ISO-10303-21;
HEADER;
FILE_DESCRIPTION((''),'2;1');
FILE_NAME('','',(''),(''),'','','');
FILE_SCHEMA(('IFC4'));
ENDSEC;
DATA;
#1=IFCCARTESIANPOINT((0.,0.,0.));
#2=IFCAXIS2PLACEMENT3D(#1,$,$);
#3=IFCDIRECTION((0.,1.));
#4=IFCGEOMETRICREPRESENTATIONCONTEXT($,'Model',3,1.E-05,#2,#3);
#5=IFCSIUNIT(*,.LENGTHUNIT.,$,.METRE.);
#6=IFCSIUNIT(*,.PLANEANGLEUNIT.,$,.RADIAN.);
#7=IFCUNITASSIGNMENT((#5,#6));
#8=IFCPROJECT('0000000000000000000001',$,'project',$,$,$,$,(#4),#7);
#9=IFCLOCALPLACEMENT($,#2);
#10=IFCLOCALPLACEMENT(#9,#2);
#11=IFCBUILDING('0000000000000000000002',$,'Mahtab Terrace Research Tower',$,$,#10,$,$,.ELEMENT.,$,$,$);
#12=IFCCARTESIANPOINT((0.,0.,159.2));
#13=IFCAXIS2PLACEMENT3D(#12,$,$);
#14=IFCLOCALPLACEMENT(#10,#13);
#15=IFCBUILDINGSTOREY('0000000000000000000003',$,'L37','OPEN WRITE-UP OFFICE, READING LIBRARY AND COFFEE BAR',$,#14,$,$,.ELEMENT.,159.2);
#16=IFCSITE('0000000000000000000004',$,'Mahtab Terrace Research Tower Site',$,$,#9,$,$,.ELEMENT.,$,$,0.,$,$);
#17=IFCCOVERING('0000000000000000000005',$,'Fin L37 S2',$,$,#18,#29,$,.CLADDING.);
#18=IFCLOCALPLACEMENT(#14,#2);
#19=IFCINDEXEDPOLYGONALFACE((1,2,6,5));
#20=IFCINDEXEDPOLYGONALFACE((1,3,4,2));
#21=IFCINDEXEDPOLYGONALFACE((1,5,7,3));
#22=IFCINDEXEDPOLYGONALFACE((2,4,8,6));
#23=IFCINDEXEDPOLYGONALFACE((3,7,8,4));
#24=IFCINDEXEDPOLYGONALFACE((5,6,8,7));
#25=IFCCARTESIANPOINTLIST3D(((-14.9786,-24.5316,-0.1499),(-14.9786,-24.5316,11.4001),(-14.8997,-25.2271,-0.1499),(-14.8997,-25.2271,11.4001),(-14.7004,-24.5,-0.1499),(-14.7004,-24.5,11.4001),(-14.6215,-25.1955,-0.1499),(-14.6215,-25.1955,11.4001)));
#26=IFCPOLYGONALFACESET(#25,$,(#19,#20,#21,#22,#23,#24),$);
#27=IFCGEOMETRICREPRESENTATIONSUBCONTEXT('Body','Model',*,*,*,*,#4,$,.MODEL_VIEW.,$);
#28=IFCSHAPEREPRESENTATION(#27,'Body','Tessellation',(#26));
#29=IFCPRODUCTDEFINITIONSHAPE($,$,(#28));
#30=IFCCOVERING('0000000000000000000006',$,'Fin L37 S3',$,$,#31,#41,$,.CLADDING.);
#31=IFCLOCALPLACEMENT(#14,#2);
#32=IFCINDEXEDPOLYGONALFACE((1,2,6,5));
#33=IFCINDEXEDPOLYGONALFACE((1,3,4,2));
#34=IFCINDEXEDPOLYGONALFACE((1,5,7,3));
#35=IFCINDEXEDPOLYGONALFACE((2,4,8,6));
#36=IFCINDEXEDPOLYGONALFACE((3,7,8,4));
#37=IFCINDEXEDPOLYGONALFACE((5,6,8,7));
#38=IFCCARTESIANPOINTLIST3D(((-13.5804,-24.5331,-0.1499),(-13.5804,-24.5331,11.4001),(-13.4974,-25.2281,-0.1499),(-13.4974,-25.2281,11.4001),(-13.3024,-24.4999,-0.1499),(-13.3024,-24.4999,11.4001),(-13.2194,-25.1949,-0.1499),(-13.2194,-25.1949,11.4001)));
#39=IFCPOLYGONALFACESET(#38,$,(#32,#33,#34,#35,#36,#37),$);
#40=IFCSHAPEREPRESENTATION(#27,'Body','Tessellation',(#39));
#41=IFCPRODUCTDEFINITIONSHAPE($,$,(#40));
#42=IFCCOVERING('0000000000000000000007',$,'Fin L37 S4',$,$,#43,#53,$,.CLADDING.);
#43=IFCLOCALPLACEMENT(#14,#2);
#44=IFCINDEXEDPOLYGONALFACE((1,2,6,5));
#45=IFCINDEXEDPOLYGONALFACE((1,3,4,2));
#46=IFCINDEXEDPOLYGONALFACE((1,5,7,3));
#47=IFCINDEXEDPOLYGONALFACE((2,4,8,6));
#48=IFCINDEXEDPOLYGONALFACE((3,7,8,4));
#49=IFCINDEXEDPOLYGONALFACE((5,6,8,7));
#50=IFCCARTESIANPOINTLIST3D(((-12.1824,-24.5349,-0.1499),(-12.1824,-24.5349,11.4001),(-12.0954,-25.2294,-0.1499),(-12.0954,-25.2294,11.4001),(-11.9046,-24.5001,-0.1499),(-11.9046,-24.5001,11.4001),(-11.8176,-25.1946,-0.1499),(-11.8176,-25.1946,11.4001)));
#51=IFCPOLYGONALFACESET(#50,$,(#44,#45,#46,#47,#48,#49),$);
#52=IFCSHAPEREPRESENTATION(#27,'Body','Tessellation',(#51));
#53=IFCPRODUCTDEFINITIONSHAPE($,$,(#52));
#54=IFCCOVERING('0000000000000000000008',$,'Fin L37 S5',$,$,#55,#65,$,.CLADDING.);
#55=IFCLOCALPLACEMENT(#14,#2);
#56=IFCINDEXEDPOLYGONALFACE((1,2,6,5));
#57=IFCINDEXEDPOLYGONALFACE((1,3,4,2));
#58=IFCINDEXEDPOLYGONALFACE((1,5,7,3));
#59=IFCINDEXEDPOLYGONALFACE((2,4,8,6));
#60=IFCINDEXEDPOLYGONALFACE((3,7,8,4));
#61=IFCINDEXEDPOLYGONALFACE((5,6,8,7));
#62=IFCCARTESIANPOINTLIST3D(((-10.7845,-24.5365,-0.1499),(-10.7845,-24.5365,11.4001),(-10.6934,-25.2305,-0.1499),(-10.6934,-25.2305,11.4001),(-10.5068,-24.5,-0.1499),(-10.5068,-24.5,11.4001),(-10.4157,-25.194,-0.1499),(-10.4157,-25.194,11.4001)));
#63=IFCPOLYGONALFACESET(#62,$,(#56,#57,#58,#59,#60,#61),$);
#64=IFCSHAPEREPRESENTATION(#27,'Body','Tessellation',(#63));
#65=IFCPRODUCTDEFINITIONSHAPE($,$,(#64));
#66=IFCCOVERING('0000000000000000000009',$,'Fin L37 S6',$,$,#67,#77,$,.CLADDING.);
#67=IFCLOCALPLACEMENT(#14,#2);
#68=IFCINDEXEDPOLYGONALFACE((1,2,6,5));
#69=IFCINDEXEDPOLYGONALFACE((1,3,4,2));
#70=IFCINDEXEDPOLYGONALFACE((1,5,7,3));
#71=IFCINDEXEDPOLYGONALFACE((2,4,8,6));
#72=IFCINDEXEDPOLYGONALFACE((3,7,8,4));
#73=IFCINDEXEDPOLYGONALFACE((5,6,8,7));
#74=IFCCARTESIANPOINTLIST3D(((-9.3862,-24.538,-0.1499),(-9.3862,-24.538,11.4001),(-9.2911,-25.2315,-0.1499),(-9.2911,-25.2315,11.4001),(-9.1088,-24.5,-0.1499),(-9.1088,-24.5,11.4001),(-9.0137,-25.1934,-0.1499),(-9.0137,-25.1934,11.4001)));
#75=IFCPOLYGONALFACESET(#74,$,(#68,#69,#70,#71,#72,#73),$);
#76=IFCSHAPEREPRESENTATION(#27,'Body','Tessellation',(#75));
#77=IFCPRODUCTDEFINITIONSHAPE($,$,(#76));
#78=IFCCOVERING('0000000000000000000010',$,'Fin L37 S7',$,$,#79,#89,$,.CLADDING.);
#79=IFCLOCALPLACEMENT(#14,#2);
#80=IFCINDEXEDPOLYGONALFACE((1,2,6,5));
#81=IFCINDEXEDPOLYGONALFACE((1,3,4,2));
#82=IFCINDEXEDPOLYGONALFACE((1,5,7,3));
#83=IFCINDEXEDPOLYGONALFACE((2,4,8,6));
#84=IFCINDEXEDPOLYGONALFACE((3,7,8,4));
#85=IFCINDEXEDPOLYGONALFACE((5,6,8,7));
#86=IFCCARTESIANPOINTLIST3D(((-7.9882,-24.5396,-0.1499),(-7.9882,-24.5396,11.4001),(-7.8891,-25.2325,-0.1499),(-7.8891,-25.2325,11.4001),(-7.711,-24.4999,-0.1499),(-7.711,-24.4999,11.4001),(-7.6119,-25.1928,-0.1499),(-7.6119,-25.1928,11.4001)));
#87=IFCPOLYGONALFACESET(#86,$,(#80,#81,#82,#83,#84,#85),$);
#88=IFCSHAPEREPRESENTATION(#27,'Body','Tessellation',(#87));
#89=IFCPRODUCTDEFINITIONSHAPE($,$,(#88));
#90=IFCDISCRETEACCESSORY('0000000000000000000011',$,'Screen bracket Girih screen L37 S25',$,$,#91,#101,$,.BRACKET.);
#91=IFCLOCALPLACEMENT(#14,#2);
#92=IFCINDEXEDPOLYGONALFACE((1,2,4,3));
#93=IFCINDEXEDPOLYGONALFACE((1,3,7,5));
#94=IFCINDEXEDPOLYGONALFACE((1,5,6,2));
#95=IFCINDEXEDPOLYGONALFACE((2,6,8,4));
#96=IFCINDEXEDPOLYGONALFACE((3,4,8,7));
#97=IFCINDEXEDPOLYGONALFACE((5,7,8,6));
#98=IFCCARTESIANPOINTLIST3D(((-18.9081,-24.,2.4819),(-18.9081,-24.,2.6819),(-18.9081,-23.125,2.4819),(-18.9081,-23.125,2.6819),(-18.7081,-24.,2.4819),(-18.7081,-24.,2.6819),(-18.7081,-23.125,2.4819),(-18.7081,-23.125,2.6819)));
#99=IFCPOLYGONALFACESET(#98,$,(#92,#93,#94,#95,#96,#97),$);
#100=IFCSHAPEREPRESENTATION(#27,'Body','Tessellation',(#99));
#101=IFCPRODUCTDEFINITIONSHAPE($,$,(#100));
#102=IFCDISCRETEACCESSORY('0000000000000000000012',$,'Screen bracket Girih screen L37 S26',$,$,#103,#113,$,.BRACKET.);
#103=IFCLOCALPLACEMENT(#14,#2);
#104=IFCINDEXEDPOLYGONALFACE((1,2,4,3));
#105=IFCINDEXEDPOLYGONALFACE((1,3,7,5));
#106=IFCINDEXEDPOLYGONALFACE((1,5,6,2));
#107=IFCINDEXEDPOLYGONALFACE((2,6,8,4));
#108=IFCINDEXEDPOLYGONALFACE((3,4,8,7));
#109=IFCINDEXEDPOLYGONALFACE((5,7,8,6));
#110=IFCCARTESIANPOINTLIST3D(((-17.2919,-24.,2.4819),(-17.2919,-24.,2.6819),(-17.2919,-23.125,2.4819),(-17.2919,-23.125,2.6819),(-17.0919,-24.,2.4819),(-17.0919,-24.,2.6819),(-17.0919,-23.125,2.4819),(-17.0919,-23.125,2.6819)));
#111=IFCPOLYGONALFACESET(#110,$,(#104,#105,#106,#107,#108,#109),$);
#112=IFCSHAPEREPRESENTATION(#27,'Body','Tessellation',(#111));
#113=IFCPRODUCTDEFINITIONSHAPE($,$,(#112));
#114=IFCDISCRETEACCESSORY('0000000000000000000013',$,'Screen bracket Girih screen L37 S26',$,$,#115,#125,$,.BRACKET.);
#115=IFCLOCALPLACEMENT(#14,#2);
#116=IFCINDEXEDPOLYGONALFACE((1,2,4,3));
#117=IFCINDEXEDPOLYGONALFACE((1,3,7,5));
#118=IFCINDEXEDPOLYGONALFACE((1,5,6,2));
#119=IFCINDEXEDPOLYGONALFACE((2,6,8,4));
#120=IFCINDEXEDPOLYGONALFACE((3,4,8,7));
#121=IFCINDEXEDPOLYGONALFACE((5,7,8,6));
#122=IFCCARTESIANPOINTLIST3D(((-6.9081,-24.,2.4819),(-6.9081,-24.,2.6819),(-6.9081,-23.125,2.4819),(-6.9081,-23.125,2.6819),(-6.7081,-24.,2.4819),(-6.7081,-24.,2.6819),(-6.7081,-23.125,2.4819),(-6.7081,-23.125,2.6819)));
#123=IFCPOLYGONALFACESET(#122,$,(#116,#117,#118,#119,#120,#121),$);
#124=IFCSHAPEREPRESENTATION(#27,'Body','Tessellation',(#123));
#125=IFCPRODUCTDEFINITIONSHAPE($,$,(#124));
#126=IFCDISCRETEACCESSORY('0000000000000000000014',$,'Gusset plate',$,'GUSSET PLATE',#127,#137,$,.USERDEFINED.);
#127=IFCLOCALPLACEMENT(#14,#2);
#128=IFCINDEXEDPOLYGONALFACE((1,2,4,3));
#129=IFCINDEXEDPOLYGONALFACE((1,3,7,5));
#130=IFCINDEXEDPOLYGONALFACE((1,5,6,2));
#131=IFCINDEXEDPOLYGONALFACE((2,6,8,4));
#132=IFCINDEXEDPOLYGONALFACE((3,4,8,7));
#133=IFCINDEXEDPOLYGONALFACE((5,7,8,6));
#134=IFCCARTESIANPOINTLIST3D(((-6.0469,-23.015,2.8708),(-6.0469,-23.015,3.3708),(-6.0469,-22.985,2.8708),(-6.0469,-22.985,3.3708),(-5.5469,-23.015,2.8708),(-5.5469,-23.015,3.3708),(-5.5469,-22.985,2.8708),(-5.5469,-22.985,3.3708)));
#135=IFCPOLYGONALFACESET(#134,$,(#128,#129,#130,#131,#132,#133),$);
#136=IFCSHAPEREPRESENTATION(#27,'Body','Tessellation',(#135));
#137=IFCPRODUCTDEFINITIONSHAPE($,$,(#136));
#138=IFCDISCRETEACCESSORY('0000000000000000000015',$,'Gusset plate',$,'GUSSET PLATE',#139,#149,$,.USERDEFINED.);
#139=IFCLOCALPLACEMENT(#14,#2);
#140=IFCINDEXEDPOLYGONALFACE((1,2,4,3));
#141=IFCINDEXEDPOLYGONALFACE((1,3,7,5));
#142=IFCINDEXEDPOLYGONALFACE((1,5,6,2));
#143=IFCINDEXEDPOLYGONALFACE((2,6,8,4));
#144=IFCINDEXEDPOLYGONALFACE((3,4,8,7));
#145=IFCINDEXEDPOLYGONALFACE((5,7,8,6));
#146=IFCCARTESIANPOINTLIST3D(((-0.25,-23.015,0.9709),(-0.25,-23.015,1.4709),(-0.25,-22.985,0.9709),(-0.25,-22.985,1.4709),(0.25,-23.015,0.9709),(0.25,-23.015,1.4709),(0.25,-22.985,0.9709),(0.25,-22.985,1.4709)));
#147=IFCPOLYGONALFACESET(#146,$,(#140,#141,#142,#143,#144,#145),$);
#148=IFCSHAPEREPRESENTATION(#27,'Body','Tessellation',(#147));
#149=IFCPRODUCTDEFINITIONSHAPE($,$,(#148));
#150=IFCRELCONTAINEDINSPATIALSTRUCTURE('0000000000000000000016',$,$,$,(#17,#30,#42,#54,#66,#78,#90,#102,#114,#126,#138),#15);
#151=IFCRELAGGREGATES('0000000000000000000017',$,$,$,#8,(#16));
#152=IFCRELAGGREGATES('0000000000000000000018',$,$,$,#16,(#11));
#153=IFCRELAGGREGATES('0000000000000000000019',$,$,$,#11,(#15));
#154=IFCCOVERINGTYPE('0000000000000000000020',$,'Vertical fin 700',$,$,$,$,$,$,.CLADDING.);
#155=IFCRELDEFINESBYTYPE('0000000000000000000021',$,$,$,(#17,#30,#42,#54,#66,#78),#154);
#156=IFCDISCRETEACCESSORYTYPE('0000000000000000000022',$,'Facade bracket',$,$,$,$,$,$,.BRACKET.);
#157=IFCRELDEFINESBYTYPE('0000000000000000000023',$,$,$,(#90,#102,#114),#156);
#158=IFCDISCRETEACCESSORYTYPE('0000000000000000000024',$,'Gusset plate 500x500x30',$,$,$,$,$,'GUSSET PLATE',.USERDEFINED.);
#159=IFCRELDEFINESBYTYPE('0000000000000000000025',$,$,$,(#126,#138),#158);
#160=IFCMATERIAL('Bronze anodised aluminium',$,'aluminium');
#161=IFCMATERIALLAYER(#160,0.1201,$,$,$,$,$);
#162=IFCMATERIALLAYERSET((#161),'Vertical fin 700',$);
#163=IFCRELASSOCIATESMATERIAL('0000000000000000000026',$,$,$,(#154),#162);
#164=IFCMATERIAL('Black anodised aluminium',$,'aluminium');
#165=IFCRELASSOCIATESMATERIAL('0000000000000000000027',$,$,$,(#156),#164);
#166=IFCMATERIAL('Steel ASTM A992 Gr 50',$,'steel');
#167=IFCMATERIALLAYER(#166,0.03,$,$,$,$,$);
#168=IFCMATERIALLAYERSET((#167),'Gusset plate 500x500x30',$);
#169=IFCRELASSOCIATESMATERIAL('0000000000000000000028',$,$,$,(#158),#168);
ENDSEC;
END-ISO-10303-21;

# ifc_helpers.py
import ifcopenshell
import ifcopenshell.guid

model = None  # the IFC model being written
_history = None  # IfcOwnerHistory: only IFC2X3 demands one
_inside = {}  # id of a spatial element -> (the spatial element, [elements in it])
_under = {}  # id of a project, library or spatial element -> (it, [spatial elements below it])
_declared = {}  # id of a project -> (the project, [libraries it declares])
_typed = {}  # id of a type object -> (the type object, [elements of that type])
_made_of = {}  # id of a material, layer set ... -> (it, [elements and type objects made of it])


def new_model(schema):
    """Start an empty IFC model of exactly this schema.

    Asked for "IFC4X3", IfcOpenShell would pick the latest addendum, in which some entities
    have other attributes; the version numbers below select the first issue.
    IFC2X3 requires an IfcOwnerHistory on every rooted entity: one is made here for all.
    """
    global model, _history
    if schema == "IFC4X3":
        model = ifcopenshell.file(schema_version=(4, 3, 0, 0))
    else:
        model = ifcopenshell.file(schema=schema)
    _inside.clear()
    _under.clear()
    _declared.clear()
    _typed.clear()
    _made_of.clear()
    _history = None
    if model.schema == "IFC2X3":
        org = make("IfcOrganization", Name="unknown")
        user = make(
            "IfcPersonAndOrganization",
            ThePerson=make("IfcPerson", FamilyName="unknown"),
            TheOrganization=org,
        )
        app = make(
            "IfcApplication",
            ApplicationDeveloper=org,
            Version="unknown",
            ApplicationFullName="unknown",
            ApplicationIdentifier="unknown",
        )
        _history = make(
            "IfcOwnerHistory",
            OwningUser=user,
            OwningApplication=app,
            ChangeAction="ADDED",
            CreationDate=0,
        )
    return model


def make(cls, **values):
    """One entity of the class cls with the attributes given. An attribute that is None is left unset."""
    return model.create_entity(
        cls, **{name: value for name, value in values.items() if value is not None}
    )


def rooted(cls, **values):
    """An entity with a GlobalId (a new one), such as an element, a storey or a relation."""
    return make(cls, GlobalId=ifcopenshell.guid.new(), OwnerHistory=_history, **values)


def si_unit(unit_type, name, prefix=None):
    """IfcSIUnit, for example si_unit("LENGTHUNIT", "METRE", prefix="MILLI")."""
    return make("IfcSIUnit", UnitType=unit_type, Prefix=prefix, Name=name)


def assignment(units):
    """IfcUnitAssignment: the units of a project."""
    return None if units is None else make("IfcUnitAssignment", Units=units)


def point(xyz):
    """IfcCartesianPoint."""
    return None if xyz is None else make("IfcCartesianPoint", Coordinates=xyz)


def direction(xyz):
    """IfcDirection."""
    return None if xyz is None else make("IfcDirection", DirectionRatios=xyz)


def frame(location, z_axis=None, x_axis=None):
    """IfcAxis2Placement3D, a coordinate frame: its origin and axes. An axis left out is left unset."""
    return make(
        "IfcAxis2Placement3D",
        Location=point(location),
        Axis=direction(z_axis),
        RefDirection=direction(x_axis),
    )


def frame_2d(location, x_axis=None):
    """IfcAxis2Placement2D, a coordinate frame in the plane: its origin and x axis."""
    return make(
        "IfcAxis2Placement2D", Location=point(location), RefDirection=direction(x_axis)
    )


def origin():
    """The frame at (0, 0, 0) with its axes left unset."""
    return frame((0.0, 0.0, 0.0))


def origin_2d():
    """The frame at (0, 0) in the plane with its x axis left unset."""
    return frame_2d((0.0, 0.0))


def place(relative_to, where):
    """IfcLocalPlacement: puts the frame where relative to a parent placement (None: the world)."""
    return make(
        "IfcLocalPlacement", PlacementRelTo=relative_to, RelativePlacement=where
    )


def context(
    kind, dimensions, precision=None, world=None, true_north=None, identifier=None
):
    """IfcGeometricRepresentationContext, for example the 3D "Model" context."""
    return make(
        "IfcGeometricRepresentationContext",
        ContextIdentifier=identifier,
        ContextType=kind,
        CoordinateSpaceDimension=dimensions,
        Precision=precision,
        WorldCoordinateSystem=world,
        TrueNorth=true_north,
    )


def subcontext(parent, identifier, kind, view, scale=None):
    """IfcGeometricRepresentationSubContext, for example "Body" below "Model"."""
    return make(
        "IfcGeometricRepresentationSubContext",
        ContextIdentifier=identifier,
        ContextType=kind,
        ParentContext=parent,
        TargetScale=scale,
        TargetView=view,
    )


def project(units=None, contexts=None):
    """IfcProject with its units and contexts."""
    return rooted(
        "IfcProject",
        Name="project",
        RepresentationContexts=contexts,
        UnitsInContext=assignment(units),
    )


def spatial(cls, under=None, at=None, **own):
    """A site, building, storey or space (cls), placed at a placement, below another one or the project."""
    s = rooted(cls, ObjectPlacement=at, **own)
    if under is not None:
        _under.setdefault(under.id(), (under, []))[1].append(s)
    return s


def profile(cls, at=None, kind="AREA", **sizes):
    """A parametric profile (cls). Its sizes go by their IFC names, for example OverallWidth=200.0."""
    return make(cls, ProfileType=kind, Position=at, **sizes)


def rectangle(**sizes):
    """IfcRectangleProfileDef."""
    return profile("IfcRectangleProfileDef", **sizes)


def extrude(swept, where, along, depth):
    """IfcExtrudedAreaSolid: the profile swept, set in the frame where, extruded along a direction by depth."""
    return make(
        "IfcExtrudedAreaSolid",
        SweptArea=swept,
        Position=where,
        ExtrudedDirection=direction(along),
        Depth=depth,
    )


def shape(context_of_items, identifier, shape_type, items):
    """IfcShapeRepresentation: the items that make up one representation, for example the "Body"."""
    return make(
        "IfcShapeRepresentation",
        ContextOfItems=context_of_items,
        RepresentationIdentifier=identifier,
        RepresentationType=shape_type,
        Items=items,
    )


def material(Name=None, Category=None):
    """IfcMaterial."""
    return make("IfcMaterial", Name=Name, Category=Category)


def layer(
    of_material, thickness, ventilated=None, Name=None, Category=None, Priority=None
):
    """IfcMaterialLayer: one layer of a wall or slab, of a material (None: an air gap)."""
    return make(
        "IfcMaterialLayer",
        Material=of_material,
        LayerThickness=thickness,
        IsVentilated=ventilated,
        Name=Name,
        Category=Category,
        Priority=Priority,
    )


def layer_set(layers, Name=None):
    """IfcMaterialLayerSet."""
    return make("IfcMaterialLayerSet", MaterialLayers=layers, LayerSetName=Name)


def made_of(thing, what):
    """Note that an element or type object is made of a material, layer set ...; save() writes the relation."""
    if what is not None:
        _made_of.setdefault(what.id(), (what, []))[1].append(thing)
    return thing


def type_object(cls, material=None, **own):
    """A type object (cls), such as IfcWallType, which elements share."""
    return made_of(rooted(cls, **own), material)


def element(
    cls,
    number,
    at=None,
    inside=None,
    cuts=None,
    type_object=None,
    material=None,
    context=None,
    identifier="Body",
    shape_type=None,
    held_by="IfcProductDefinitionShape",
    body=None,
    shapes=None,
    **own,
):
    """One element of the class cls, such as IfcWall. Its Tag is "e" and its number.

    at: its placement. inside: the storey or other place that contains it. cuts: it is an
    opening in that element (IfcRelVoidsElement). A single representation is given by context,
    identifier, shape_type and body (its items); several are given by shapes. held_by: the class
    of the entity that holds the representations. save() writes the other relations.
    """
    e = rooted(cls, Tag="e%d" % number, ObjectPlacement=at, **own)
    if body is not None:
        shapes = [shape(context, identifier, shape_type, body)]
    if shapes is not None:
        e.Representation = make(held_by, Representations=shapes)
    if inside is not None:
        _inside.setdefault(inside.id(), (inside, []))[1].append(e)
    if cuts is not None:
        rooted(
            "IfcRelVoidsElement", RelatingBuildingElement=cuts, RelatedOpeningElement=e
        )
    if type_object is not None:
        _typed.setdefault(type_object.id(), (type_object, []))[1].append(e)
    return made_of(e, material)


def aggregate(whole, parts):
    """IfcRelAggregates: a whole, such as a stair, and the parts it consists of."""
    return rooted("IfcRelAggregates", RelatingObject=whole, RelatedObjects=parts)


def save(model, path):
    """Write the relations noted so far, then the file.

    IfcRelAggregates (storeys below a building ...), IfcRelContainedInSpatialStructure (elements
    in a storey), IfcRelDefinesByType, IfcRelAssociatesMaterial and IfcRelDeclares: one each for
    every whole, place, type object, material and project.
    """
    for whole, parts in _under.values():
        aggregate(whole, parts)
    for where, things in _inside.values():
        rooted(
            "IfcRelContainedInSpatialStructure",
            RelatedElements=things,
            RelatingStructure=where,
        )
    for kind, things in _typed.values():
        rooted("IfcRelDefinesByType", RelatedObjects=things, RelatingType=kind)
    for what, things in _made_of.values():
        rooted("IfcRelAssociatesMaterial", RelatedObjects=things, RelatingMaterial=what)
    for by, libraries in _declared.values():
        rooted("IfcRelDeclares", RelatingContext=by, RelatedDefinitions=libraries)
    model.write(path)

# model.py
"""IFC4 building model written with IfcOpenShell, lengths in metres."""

from ifc_helpers import new_model, si_unit, direction, frame, origin, origin_2d, place, context, subcontext, project, spatial, rectangle, extrude, material, layer, layer_set, type_object, element, save


model = new_model("IFC4")

# Units and contexts
model_context = context("Model", 3, precision=1e-05, world=origin(), true_north=direction((0.0, 1.0)))
body_context = subcontext(model_context, "Body", "Model", "MODEL_VIEW")
ifc_project = project(units=[si_unit("LENGTHUNIT", "METRE"), si_unit("PLANEANGLEUNIT", "RADIAN")], contexts=[model_context])

# Site, building, storey
site_placement = place(None, origin())
site = spatial("IfcSite", under=ifc_project, at=site_placement, Name="Mahtab Terrace Research Tower Site", CompositionType="ELEMENT", RefElevation=0.0)
building_placement = place(site_placement, origin())
building = spatial("IfcBuilding", under=site, at=building_placement, Name="Mahtab Terrace Research Tower", CompositionType="ELEMENT")
storey_placement = place(building_placement, frame((0.0, 0.0, 159.2)))
storey = spatial("IfcBuildingStorey", under=building, at=storey_placement, Name="L37", Description="OPEN WRITE-UP OFFICE, READING LIBRARY AND COFFEE BAR", CompositionType="ELEMENT", Elevation=159.2)

# Shared definitions
ifc_material_1 = material(Name="Steel ASTM A992 Gr 50", Category="steel")

# Coverings
ifc_material_2 = material(Name="Bronze anodised aluminium", Category="aluminium")
ifc_layer_1 = layer(ifc_material_2, 0.1201)
ifc_layer_set_1 = layer_set([ifc_layer_1], Name="Vertical fin 700")
covering_type_1 = type_object("IfcCoveringType", Name="Vertical fin 700", PredefinedType="CLADDING", material=ifc_layer_set_1)
for number, where, z_axis, x_axis, name in (
    (1, (-14.8, -24.8635, -0.1499), (0.0, 0.0, 1.0), (0.993619, 0.11279, 0.0), "Fin L37 S2"),
    (2, (-13.3999, -24.864, -0.1499), (0.0, 0.0, 1.0), (0.992946, 0.118569, 0.0), "Fin L37 S3"),
    (3, (-12.0, -24.8647, -0.1499), (0.0, 0.0, 1.0), (0.992239, 0.124344, 0.0), "Fin L37 S4"),
    (4, (-10.6001, -24.8652, -0.1499), (0.0, 0.0, 1.0), (0.991499, 0.130114, 0.0), "Fin L37 S5"),
    (5, (-9.2, -24.8657, -0.1499), (0.0, 0.0, 1.0), (0.990725, 0.13588, 0.0), "Fin L37 S6"),
    (6, (-7.8, -24.8662, -0.1499), (0.0, 0.0, 1.0), (0.989918, 0.141642, 0.0), "Fin L37 S7"),
):
    element("IfcCovering", number, at=place(storey_placement, frame(where, z_axis=z_axis, x_axis=x_axis)), inside=storey, type_object=covering_type_1, Name=name, PredefinedType="CLADDING", context=body_context, shape_type="SweptSolid", body=[
        extrude(rectangle(XDim=0.28, YDim=0.7, at=origin_2d()), origin(), (0.0, 0.0, 1.0), 11.55),
    ])

# Discrete accessories
ifc_material_3 = material(Name="Black anodised aluminium", Category="aluminium")
discrete_accessory_type_1 = type_object("IfcDiscreteAccessoryType", Name="Facade bracket", PredefinedType="BRACKET", material=ifc_material_3)
for number, where, z_axis, x_axis, name in (
    (7, (-18.8081, -23.5625, 2.4819), (0.0, 0.0, 1.0), (1.0, 0.0, 0.0), "Screen bracket Girih screen L37 S25"),
    (8, (-17.1919, -23.5625, 2.4819), (0.0, 0.0, 1.0), (1.0, 0.0, 0.0), "Screen bracket Girih screen L37 S26"),
    (9, (-6.8081, -23.5625, 2.4819), (0.0, 0.0, 1.0), (1.0, 0.0, 0.0), "Screen bracket Girih screen L37 S26"),
):
    element("IfcDiscreteAccessory", number, at=place(storey_placement, frame(where, z_axis=z_axis, x_axis=x_axis)), inside=storey, type_object=discrete_accessory_type_1, Name=name, PredefinedType="BRACKET", context=body_context, shape_type="SweptSolid", body=[
        extrude(rectangle(XDim=0.2, YDim=0.875, at=origin_2d()), origin(), (0.0, 0.0, 1.0), 0.2),
    ])
ifc_layer_2 = layer(ifc_material_1, 0.03)
ifc_layer_set_2 = layer_set([ifc_layer_2], Name="Gusset plate 500x500x30")
discrete_accessory_type_2 = type_object("IfcDiscreteAccessoryType", Name="Gusset plate 500x500x30", ElementType="GUSSET PLATE", PredefinedType="USERDEFINED", material=ifc_layer_set_2)
for number, where, z_axis, x_axis, name in (
    (10, (-5.7969, -23.0, 2.8708), (0.0, 0.0, 1.0), (1.0, 0.0, 0.0), "Gusset plate"),
    (11, (0.0, -23.0, 0.9709), (0.0, 0.0, 1.0), (1.0, 0.0, 0.0), "Gusset plate"),
):
    element("IfcDiscreteAccessory", number, at=place(storey_placement, frame(where, z_axis=z_axis, x_axis=x_axis)), inside=storey, type_object=discrete_accessory_type_2, Name=name, ObjectType="GUSSET PLATE", PredefinedType="USERDEFINED", context=body_context, shape_type="SweptSolid", body=[
        extrude(rectangle(XDim=0.5, YDim=0.03, at=origin_2d()), origin(), (0.0, 0.0, 1.0), 0.5),
    ])

save(model, "model.ifc")
